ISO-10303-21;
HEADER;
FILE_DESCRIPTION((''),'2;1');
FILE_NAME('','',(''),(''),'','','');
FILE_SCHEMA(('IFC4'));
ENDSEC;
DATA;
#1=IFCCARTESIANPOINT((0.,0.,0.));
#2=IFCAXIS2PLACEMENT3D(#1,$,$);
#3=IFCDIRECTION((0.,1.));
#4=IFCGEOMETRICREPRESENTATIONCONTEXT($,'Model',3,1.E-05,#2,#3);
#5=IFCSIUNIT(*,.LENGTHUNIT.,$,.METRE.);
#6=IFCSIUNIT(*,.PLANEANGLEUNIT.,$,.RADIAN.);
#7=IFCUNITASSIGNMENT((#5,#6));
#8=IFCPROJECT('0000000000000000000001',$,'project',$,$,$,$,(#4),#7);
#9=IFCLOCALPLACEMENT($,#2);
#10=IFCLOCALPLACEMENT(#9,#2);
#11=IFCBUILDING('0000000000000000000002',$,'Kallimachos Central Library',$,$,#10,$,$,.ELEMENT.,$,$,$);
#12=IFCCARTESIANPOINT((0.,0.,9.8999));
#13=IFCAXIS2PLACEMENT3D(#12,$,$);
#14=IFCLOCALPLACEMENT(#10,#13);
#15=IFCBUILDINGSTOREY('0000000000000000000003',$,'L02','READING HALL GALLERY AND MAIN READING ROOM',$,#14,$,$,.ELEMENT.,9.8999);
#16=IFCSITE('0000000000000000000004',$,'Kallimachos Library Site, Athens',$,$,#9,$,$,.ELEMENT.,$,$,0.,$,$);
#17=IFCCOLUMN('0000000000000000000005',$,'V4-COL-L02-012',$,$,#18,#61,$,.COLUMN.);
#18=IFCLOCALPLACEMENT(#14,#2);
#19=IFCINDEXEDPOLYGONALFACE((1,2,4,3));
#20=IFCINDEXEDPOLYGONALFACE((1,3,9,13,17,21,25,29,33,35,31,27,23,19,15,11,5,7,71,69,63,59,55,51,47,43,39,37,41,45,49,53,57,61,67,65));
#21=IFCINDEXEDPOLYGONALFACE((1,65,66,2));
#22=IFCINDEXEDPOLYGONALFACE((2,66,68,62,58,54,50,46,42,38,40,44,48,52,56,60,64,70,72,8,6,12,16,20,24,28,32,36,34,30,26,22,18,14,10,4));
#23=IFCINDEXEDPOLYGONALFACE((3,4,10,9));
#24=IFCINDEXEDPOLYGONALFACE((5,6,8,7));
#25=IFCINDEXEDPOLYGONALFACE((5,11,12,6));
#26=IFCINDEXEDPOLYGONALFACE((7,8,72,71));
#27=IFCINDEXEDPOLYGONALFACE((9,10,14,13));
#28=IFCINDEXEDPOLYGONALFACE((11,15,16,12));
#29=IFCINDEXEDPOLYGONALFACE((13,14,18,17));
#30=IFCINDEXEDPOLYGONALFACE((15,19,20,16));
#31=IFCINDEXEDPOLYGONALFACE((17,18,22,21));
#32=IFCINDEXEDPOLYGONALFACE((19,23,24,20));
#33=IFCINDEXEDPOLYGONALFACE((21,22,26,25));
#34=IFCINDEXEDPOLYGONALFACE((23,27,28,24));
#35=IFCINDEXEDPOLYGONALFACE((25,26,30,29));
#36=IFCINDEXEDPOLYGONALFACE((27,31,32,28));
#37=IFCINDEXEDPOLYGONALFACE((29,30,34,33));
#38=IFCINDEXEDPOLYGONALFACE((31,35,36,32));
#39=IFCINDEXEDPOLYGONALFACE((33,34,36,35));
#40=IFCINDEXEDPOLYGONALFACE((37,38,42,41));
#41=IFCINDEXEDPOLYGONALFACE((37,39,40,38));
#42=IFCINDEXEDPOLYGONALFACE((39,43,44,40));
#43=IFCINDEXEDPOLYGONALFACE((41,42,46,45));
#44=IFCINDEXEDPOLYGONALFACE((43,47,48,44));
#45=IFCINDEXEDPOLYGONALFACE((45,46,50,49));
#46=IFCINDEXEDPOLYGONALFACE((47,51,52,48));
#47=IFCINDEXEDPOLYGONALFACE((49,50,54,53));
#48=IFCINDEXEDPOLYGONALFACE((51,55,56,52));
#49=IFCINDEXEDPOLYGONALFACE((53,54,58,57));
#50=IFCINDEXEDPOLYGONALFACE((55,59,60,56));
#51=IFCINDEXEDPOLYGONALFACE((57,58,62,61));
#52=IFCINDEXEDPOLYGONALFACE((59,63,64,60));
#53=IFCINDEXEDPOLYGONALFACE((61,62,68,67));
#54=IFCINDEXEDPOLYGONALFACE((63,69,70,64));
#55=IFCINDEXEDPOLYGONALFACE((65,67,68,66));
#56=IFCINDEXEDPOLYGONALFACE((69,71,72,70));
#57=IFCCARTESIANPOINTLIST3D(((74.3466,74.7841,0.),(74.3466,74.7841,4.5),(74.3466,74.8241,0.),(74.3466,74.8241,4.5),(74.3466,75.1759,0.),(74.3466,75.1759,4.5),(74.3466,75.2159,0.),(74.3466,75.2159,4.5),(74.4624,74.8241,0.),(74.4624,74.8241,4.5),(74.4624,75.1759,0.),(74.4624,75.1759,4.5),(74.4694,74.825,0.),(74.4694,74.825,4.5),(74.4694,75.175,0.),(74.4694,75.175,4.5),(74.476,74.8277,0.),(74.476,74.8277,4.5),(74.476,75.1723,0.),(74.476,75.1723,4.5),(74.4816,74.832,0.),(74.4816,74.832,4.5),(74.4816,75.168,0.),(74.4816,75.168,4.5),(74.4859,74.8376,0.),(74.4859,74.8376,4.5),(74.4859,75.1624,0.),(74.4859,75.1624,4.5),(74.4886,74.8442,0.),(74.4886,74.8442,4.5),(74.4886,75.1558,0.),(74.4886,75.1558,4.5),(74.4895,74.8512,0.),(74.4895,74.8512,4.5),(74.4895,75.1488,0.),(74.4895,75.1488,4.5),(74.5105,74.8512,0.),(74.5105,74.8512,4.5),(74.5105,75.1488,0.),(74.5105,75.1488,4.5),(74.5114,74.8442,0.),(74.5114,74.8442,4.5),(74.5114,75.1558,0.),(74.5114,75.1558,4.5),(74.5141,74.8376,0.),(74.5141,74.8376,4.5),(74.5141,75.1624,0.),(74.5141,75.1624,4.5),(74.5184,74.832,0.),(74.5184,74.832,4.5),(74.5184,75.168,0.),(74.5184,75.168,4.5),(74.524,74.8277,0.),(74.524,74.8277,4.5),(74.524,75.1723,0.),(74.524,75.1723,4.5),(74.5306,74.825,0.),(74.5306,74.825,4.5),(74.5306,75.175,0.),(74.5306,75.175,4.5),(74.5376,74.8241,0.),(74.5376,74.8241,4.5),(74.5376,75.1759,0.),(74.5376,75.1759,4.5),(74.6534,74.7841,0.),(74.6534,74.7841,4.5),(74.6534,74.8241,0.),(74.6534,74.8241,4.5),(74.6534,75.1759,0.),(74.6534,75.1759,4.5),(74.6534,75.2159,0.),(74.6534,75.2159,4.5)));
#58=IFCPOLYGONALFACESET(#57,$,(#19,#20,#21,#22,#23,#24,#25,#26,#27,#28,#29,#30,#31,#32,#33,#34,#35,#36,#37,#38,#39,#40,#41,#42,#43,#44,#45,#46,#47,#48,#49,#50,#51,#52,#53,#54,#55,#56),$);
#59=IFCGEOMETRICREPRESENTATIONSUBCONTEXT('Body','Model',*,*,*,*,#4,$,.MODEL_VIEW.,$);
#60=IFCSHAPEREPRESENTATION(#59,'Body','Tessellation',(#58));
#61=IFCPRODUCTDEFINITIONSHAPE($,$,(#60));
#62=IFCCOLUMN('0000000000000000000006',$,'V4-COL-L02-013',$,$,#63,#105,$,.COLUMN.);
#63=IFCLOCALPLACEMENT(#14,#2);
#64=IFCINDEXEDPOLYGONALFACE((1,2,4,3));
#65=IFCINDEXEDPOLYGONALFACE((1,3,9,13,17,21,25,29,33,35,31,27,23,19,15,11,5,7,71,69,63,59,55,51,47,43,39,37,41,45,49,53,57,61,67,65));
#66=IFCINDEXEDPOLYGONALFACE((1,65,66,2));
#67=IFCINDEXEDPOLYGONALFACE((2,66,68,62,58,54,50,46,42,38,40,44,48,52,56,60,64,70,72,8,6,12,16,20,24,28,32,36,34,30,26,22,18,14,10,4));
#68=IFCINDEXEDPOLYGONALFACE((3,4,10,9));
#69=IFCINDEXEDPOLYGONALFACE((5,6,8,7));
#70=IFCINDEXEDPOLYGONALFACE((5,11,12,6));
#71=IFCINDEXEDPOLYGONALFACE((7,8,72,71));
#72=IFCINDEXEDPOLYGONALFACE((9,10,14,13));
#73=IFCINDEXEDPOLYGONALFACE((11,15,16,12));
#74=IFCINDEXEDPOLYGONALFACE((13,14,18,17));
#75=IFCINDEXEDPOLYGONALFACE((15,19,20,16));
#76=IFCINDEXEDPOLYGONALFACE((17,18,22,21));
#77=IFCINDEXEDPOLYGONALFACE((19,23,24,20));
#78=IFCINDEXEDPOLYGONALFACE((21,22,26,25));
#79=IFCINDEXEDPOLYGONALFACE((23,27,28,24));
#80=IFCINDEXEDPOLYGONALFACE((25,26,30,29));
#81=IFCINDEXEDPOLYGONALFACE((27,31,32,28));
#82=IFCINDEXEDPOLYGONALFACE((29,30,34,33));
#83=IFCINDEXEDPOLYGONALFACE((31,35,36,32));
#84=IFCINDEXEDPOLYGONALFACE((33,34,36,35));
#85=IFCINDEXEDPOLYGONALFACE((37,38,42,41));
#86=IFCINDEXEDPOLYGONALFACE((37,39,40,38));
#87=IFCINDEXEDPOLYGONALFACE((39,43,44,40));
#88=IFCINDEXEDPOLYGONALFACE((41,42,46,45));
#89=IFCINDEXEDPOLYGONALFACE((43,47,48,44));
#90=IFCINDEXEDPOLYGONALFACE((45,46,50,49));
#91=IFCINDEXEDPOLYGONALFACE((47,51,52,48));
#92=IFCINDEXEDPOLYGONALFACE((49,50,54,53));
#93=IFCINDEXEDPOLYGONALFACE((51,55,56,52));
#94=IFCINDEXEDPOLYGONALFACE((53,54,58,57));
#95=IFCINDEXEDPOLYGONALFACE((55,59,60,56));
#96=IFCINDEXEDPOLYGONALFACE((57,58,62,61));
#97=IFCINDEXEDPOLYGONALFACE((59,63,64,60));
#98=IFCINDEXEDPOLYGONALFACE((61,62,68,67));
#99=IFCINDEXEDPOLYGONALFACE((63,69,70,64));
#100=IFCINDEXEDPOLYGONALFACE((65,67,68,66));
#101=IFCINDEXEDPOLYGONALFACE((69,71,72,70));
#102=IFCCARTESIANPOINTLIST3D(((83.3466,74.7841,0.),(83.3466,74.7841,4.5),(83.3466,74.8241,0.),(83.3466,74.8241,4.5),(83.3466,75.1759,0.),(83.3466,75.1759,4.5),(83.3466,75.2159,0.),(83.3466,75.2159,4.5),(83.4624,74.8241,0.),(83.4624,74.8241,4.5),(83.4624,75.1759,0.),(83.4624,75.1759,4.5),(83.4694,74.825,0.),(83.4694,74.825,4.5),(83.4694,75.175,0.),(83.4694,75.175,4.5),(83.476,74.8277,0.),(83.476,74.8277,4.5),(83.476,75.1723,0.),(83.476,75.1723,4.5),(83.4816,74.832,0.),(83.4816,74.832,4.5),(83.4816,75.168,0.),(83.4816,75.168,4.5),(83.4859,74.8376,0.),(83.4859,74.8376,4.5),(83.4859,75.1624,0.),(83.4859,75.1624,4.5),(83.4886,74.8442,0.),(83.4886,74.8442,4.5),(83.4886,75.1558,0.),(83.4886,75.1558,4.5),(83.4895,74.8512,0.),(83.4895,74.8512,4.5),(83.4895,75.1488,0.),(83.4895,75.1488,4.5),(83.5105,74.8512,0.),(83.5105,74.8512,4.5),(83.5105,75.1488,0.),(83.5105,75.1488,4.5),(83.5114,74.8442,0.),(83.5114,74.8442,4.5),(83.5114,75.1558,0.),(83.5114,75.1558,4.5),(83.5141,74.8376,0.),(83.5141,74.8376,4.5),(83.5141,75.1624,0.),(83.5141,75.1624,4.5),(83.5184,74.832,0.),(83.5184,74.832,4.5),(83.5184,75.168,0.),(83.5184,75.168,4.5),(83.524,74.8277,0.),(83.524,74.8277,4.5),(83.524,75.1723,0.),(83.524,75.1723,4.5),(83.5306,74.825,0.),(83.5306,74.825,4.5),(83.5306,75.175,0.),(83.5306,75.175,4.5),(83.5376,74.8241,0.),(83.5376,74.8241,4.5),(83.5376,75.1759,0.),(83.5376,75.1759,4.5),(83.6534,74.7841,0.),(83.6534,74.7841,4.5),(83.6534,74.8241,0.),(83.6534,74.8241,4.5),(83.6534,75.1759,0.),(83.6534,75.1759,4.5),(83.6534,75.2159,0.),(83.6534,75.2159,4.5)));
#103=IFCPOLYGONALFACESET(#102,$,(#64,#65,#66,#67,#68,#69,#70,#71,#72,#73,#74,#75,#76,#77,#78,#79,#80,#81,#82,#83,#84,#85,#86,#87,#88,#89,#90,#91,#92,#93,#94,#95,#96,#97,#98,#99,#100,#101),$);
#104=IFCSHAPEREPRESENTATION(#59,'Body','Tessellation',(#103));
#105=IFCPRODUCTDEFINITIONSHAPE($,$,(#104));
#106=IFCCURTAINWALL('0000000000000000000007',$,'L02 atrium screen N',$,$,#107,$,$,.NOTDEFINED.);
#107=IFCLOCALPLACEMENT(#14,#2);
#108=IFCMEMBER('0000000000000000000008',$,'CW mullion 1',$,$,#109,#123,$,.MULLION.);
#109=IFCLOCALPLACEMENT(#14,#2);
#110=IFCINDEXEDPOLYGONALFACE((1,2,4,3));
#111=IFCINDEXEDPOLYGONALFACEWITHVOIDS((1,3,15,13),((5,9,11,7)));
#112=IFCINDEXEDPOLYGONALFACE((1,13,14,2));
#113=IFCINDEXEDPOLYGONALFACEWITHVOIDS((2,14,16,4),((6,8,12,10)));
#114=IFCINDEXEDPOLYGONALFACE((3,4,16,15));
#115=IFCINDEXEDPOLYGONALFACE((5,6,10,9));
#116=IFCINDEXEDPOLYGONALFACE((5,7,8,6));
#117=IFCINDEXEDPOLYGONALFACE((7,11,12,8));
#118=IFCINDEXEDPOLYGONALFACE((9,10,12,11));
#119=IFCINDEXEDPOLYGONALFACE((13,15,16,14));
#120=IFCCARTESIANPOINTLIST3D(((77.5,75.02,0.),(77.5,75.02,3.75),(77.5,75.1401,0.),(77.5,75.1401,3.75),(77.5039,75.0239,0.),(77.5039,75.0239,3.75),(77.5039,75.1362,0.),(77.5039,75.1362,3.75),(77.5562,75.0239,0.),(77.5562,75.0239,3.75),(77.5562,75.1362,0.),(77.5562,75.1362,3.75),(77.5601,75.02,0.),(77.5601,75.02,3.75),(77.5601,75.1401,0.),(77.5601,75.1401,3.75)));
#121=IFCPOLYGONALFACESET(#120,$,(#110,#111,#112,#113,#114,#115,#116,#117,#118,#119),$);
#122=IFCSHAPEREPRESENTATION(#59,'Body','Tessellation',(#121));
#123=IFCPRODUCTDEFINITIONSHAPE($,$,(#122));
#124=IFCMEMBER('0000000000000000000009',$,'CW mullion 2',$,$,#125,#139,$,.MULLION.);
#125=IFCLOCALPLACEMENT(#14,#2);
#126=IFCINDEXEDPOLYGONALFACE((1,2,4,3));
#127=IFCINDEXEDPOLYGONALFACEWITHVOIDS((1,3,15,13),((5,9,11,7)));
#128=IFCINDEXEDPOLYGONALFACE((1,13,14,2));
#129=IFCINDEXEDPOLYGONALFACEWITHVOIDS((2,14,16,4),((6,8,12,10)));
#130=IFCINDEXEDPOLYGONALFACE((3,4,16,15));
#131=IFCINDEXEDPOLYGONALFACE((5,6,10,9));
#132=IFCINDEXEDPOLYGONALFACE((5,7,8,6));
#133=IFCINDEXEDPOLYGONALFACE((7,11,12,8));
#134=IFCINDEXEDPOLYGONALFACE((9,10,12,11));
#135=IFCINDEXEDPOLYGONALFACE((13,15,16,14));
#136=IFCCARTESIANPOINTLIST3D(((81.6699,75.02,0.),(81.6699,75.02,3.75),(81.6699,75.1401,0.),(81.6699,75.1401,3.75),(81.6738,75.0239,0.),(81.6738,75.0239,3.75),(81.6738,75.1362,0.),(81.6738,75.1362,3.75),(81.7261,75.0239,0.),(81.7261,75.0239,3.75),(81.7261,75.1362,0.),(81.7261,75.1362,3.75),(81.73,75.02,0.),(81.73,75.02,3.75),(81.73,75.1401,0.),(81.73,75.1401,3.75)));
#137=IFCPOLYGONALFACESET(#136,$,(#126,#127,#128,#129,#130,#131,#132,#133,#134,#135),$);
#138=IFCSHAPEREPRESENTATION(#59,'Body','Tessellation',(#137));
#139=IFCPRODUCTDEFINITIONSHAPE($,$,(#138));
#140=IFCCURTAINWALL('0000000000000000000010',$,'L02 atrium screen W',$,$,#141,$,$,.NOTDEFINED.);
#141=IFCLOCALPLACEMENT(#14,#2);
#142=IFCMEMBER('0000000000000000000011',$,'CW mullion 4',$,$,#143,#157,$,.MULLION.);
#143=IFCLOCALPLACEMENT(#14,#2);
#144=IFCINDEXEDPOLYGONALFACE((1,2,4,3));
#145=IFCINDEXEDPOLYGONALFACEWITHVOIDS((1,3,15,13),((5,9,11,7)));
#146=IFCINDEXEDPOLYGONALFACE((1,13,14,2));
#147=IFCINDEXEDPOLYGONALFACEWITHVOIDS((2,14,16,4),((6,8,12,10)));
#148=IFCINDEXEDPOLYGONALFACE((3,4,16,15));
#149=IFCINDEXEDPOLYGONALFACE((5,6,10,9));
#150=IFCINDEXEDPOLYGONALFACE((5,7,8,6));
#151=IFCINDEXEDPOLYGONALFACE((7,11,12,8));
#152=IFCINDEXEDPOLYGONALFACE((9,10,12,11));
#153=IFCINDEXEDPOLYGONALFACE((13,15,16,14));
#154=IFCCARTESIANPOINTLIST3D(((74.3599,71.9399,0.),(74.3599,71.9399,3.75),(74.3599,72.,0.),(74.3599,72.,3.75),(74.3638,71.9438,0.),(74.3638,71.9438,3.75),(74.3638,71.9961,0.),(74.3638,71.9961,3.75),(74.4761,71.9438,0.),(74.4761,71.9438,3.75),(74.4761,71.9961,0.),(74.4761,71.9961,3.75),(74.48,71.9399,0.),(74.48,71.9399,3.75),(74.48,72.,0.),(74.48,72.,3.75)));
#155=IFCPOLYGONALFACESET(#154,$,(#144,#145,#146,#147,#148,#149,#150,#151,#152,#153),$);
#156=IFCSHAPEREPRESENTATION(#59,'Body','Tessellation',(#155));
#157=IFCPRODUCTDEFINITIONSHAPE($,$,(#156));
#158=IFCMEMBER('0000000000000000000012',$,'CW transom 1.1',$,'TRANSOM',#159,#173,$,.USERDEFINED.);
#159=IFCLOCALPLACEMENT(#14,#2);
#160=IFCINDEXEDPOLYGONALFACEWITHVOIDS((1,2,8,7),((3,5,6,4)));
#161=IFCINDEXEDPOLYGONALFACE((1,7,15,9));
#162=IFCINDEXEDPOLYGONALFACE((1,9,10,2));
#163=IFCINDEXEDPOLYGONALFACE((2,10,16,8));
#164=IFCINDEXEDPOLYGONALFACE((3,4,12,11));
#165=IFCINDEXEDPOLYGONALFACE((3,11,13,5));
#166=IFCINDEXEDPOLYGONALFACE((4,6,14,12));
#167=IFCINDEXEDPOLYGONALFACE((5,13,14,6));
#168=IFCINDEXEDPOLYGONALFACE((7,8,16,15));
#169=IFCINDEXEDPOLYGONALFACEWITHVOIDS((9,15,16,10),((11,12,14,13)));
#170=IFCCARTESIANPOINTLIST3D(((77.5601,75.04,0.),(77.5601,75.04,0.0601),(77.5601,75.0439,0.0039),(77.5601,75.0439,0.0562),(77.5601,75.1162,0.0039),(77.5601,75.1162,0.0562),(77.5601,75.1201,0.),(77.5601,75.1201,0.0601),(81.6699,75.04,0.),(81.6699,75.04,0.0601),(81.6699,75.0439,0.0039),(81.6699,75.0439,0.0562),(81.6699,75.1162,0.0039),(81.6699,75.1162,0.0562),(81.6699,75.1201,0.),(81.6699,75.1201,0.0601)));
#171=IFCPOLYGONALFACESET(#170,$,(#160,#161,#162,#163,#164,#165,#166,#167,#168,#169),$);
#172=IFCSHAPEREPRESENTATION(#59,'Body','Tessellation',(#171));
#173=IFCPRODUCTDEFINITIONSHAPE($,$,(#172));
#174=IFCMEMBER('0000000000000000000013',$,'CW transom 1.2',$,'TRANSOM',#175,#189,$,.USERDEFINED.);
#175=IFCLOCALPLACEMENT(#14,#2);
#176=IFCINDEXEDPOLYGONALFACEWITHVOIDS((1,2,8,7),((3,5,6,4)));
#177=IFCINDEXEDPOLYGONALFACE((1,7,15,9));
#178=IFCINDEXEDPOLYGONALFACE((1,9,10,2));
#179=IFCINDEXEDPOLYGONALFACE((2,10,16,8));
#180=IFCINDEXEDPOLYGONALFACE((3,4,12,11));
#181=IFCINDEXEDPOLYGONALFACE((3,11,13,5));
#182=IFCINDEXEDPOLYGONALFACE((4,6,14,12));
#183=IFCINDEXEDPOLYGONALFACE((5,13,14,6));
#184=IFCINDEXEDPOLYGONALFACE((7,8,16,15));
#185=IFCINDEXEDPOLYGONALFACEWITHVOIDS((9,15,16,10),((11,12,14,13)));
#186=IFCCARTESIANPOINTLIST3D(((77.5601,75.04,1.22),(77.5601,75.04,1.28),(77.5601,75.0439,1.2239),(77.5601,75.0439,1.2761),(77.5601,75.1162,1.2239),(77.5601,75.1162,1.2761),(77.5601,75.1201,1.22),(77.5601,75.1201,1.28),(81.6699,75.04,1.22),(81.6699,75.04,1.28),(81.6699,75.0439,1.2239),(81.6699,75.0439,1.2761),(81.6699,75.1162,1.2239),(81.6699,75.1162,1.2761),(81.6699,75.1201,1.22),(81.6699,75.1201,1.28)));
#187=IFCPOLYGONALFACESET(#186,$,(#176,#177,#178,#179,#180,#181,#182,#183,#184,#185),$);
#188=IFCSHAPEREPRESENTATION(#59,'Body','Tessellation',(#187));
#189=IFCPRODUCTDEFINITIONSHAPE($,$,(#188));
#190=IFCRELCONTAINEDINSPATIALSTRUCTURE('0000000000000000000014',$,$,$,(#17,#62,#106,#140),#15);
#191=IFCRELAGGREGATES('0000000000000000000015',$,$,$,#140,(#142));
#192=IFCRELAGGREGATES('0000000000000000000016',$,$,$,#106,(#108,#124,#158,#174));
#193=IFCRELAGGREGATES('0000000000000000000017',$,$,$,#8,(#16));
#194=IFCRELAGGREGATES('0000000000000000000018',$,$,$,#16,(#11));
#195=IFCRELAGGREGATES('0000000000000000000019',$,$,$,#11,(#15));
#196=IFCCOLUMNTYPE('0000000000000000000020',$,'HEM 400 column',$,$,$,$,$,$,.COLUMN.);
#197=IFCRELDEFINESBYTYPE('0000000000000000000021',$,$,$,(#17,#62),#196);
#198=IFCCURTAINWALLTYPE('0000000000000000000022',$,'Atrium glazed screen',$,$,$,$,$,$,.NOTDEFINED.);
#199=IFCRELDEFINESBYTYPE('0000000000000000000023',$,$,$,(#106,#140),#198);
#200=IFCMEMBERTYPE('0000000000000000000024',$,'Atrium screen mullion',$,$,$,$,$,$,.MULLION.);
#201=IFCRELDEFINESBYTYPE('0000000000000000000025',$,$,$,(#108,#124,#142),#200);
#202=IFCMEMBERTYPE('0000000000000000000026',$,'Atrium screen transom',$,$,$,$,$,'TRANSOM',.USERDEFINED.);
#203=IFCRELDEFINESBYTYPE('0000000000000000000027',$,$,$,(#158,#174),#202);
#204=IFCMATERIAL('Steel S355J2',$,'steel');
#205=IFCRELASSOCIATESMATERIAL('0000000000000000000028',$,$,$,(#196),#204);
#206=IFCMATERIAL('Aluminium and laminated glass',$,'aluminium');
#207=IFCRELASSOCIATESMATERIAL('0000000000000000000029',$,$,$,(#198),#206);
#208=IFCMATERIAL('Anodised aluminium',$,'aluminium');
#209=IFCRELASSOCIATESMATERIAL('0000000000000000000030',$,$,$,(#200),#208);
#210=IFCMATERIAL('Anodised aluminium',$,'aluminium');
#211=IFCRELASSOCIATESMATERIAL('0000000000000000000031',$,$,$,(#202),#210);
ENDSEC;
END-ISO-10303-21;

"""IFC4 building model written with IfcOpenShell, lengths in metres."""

from ifc_helpers import new_model, si_unit, direction, frame, origin, origin_2d, place, context, subcontext, project, spatial, hollow_rectangle, i_section, extrude, material, material_profile, profile_set, type_object, element, aggregate, save


model = new_model("IFC4")

# Units and contexts
model_context = context("Model", 3, precision=1e-05, world=origin(), true_north=direction((0.0, 1.0)))
body_context = subcontext(model_context, "Body", "Model", "MODEL_VIEW")
ifc_project = project(units=[si_unit("LENGTHUNIT", "METRE"), si_unit("PLANEANGLEUNIT", "RADIAN")], contexts=[model_context])

# Site, building, storey
site_placement = place(None, origin())
site = spatial("IfcSite", under=ifc_project, at=site_placement, Name="Kallimachos Library Site, Athens", CompositionType="ELEMENT", RefElevation=0.0)
building_placement = place(site_placement, origin())
building = spatial("IfcBuilding", under=site, at=building_placement, Name="Kallimachos Central Library", CompositionType="ELEMENT")
storey_placement = place(building_placement, frame((0.0, 0.0, 9.8999)))
storey = spatial("IfcBuildingStorey", under=building, at=storey_placement, Name="L02", Description="READING HALL GALLERY AND MAIN READING ROOM", CompositionType="ELEMENT", Elevation=9.8999)

# Columns
ifc_material_1 = material(Name="Steel S355J2", Category="steel")
ifc_material_profile_1 = material_profile(ifc_material_1, i_section(OverallWidth=0.3069, OverallDepth=0.4319, WebThickness=0.021, FlangeThickness=0.04, FilletRadius=0.0271, at=origin_2d()), Name="HEM 400")
ifc_profile_set_1 = profile_set([ifc_material_profile_1], Name="Steel S355J2")
column_type = type_object("IfcColumnType", Name="HEM 400 column", PredefinedType="COLUMN", material=ifc_profile_set_1)
for number, where, z_axis, x_axis, name in (
    (1, (74.5, 75.0, 0.0), (0.0, 0.0, 1.0), (1.0, 0.0, 0.0), "V4-COL-L02-012"),
    (2, (83.5, 75.0, 0.0), (0.0, 0.0, 1.0), (1.0, 0.0, 0.0), "V4-COL-L02-013"),
):
    element("IfcColumn", number, at=place(storey_placement, frame(where, z_axis=z_axis, x_axis=x_axis)), inside=storey, type_object=column_type, Name=name, PredefinedType="COLUMN", context=body_context, shape_type="SweptSolid", body=[
        extrude(i_section(OverallWidth=0.3069, OverallDepth=0.4319, WebThickness=0.021, FlangeThickness=0.04, FilletRadius=0.0271, at=origin_2d()), origin(), (0.0, 0.0, 1.0), 4.5),
    ])

# Curtain wall, members
ifc_material_2 = material(Name="Aluminium and laminated glass", Category="aluminium")
curtain_wall_type = type_object("IfcCurtainWallType", Name="Atrium glazed screen", PredefinedType="NOTDEFINED", material=ifc_material_2)
curtain_wall_1_placement = place(storey_placement, origin())
curtain_wall_1 = element("IfcCurtainWall", 3, at=curtain_wall_1_placement, inside=storey, type_object=curtain_wall_type, Name="L02 atrium screen N", PredefinedType="NOTDEFINED")
ifc_material_3 = material(Name="Anodised aluminium", Category="aluminium")
ifc_material_profile_2 = material_profile(ifc_material_3, hollow_rectangle(XDim=0.0601, YDim=0.1201, WallThickness=0.0039, at=origin_2d()), Name="ALU MULLION 60x120")
ifc_profile_set_2 = profile_set([ifc_material_profile_2], Name="Anodised aluminium")
member_type_1 = type_object("IfcMemberType", Name="Atrium screen mullion", PredefinedType="MULLION", material=ifc_profile_set_2)
member_1_placement = place(storey_placement, frame((77.53, 75.0801, 0.0), z_axis=(0.0, 0.0, 1.0), x_axis=(1.0, 0.0, 0.0)))
member_1 = element("IfcMember", 4, at=member_1_placement, type_object=member_type_1, Name="CW mullion 1", PredefinedType="MULLION", context=body_context, shape_type="SweptSolid", body=[
    extrude(hollow_rectangle(XDim=0.0601, YDim=0.1201, WallThickness=0.0039, at=origin_2d()), origin(), (0.0, 0.0, 1.0), 3.75),
])
member_2_placement = place(storey_placement, frame((81.7, 75.0801, 0.0), z_axis=(0.0, 0.0, 1.0), x_axis=(1.0, 0.0, 0.0)))
member_2 = element("IfcMember", 5, at=member_2_placement, type_object=member_type_1, Name="CW mullion 2", PredefinedType="MULLION", context=body_context, shape_type="SweptSolid", body=[
    extrude(hollow_rectangle(XDim=0.0601, YDim=0.1201, WallThickness=0.0039, at=origin_2d()), origin(), (0.0, 0.0, 1.0), 3.75),
])

# Curtain wall, member
curtain_wall_2_placement = place(storey_placement, origin())
curtain_wall_2 = element("IfcCurtainWall", 6, at=curtain_wall_2_placement, inside=storey, type_object=curtain_wall_type, Name="L02 atrium screen W", PredefinedType="NOTDEFINED")
member_3_placement = place(storey_placement, frame((74.4199, 71.97, 0.0), z_axis=(0.0, 0.0, 1.0), x_axis=(0.0, 1.0, 0.0)))
member_3 = element("IfcMember", 7, at=member_3_placement, type_object=member_type_1, Name="CW mullion 4", PredefinedType="MULLION", context=body_context, shape_type="SweptSolid", body=[
    extrude(hollow_rectangle(XDim=0.0601, YDim=0.1201, WallThickness=0.0039, at=origin_2d()), origin(), (0.0, 0.0, 1.0), 3.75),
])
aggregate(curtain_wall_2, [member_3])

# Members
ifc_material_4 = material(Name="Anodised aluminium", Category="aluminium")
ifc_material_profile_3 = material_profile(ifc_material_4, hollow_rectangle(XDim=0.0601, YDim=0.0801, WallThickness=0.0039, at=origin_2d()), Name="ALU TRANSOM 60x80")
ifc_profile_set_3 = profile_set([ifc_material_profile_3], Name="Anodised aluminium")
member_type_2 = type_object("IfcMemberType", Name="Atrium screen transom", ElementType="TRANSOM", PredefinedType="USERDEFINED", material=ifc_profile_set_3)
member_4_placement = place(storey_placement, frame((77.5601, 75.0801, 0.03), z_axis=(1.0, 0.0, 0.0), x_axis=(0.0, 0.0, 1.0)))
member_4 = element("IfcMember", 8, at=member_4_placement, type_object=member_type_2, Name="CW transom 1.1", ObjectType="TRANSOM", PredefinedType="USERDEFINED", context=body_context, shape_type="SweptSolid", body=[
    extrude(hollow_rectangle(XDim=0.0601, YDim=0.0801, WallThickness=0.0039, at=origin_2d()), origin(), (0.0, 0.0, 1.0), 4.1099),
])
member_5_placement = place(storey_placement, frame((77.5601, 75.0801, 1.25), z_axis=(1.0, 0.0, 0.0), x_axis=(0.0, 0.0, 1.0)))
member_5 = element("IfcMember", 9, at=member_5_placement, type_object=member_type_2, Name="CW transom 1.2", ObjectType="TRANSOM", PredefinedType="USERDEFINED", context=body_context, shape_type="SweptSolid", body=[
    extrude(hollow_rectangle(XDim=0.0601, YDim=0.0801, WallThickness=0.0039, at=origin_2d()), origin(), (0.0, 0.0, 1.0), 4.1099),
])

aggregate(curtain_wall_1, [member_1, member_2, member_4, member_5])

save(model, "model.ifc")
